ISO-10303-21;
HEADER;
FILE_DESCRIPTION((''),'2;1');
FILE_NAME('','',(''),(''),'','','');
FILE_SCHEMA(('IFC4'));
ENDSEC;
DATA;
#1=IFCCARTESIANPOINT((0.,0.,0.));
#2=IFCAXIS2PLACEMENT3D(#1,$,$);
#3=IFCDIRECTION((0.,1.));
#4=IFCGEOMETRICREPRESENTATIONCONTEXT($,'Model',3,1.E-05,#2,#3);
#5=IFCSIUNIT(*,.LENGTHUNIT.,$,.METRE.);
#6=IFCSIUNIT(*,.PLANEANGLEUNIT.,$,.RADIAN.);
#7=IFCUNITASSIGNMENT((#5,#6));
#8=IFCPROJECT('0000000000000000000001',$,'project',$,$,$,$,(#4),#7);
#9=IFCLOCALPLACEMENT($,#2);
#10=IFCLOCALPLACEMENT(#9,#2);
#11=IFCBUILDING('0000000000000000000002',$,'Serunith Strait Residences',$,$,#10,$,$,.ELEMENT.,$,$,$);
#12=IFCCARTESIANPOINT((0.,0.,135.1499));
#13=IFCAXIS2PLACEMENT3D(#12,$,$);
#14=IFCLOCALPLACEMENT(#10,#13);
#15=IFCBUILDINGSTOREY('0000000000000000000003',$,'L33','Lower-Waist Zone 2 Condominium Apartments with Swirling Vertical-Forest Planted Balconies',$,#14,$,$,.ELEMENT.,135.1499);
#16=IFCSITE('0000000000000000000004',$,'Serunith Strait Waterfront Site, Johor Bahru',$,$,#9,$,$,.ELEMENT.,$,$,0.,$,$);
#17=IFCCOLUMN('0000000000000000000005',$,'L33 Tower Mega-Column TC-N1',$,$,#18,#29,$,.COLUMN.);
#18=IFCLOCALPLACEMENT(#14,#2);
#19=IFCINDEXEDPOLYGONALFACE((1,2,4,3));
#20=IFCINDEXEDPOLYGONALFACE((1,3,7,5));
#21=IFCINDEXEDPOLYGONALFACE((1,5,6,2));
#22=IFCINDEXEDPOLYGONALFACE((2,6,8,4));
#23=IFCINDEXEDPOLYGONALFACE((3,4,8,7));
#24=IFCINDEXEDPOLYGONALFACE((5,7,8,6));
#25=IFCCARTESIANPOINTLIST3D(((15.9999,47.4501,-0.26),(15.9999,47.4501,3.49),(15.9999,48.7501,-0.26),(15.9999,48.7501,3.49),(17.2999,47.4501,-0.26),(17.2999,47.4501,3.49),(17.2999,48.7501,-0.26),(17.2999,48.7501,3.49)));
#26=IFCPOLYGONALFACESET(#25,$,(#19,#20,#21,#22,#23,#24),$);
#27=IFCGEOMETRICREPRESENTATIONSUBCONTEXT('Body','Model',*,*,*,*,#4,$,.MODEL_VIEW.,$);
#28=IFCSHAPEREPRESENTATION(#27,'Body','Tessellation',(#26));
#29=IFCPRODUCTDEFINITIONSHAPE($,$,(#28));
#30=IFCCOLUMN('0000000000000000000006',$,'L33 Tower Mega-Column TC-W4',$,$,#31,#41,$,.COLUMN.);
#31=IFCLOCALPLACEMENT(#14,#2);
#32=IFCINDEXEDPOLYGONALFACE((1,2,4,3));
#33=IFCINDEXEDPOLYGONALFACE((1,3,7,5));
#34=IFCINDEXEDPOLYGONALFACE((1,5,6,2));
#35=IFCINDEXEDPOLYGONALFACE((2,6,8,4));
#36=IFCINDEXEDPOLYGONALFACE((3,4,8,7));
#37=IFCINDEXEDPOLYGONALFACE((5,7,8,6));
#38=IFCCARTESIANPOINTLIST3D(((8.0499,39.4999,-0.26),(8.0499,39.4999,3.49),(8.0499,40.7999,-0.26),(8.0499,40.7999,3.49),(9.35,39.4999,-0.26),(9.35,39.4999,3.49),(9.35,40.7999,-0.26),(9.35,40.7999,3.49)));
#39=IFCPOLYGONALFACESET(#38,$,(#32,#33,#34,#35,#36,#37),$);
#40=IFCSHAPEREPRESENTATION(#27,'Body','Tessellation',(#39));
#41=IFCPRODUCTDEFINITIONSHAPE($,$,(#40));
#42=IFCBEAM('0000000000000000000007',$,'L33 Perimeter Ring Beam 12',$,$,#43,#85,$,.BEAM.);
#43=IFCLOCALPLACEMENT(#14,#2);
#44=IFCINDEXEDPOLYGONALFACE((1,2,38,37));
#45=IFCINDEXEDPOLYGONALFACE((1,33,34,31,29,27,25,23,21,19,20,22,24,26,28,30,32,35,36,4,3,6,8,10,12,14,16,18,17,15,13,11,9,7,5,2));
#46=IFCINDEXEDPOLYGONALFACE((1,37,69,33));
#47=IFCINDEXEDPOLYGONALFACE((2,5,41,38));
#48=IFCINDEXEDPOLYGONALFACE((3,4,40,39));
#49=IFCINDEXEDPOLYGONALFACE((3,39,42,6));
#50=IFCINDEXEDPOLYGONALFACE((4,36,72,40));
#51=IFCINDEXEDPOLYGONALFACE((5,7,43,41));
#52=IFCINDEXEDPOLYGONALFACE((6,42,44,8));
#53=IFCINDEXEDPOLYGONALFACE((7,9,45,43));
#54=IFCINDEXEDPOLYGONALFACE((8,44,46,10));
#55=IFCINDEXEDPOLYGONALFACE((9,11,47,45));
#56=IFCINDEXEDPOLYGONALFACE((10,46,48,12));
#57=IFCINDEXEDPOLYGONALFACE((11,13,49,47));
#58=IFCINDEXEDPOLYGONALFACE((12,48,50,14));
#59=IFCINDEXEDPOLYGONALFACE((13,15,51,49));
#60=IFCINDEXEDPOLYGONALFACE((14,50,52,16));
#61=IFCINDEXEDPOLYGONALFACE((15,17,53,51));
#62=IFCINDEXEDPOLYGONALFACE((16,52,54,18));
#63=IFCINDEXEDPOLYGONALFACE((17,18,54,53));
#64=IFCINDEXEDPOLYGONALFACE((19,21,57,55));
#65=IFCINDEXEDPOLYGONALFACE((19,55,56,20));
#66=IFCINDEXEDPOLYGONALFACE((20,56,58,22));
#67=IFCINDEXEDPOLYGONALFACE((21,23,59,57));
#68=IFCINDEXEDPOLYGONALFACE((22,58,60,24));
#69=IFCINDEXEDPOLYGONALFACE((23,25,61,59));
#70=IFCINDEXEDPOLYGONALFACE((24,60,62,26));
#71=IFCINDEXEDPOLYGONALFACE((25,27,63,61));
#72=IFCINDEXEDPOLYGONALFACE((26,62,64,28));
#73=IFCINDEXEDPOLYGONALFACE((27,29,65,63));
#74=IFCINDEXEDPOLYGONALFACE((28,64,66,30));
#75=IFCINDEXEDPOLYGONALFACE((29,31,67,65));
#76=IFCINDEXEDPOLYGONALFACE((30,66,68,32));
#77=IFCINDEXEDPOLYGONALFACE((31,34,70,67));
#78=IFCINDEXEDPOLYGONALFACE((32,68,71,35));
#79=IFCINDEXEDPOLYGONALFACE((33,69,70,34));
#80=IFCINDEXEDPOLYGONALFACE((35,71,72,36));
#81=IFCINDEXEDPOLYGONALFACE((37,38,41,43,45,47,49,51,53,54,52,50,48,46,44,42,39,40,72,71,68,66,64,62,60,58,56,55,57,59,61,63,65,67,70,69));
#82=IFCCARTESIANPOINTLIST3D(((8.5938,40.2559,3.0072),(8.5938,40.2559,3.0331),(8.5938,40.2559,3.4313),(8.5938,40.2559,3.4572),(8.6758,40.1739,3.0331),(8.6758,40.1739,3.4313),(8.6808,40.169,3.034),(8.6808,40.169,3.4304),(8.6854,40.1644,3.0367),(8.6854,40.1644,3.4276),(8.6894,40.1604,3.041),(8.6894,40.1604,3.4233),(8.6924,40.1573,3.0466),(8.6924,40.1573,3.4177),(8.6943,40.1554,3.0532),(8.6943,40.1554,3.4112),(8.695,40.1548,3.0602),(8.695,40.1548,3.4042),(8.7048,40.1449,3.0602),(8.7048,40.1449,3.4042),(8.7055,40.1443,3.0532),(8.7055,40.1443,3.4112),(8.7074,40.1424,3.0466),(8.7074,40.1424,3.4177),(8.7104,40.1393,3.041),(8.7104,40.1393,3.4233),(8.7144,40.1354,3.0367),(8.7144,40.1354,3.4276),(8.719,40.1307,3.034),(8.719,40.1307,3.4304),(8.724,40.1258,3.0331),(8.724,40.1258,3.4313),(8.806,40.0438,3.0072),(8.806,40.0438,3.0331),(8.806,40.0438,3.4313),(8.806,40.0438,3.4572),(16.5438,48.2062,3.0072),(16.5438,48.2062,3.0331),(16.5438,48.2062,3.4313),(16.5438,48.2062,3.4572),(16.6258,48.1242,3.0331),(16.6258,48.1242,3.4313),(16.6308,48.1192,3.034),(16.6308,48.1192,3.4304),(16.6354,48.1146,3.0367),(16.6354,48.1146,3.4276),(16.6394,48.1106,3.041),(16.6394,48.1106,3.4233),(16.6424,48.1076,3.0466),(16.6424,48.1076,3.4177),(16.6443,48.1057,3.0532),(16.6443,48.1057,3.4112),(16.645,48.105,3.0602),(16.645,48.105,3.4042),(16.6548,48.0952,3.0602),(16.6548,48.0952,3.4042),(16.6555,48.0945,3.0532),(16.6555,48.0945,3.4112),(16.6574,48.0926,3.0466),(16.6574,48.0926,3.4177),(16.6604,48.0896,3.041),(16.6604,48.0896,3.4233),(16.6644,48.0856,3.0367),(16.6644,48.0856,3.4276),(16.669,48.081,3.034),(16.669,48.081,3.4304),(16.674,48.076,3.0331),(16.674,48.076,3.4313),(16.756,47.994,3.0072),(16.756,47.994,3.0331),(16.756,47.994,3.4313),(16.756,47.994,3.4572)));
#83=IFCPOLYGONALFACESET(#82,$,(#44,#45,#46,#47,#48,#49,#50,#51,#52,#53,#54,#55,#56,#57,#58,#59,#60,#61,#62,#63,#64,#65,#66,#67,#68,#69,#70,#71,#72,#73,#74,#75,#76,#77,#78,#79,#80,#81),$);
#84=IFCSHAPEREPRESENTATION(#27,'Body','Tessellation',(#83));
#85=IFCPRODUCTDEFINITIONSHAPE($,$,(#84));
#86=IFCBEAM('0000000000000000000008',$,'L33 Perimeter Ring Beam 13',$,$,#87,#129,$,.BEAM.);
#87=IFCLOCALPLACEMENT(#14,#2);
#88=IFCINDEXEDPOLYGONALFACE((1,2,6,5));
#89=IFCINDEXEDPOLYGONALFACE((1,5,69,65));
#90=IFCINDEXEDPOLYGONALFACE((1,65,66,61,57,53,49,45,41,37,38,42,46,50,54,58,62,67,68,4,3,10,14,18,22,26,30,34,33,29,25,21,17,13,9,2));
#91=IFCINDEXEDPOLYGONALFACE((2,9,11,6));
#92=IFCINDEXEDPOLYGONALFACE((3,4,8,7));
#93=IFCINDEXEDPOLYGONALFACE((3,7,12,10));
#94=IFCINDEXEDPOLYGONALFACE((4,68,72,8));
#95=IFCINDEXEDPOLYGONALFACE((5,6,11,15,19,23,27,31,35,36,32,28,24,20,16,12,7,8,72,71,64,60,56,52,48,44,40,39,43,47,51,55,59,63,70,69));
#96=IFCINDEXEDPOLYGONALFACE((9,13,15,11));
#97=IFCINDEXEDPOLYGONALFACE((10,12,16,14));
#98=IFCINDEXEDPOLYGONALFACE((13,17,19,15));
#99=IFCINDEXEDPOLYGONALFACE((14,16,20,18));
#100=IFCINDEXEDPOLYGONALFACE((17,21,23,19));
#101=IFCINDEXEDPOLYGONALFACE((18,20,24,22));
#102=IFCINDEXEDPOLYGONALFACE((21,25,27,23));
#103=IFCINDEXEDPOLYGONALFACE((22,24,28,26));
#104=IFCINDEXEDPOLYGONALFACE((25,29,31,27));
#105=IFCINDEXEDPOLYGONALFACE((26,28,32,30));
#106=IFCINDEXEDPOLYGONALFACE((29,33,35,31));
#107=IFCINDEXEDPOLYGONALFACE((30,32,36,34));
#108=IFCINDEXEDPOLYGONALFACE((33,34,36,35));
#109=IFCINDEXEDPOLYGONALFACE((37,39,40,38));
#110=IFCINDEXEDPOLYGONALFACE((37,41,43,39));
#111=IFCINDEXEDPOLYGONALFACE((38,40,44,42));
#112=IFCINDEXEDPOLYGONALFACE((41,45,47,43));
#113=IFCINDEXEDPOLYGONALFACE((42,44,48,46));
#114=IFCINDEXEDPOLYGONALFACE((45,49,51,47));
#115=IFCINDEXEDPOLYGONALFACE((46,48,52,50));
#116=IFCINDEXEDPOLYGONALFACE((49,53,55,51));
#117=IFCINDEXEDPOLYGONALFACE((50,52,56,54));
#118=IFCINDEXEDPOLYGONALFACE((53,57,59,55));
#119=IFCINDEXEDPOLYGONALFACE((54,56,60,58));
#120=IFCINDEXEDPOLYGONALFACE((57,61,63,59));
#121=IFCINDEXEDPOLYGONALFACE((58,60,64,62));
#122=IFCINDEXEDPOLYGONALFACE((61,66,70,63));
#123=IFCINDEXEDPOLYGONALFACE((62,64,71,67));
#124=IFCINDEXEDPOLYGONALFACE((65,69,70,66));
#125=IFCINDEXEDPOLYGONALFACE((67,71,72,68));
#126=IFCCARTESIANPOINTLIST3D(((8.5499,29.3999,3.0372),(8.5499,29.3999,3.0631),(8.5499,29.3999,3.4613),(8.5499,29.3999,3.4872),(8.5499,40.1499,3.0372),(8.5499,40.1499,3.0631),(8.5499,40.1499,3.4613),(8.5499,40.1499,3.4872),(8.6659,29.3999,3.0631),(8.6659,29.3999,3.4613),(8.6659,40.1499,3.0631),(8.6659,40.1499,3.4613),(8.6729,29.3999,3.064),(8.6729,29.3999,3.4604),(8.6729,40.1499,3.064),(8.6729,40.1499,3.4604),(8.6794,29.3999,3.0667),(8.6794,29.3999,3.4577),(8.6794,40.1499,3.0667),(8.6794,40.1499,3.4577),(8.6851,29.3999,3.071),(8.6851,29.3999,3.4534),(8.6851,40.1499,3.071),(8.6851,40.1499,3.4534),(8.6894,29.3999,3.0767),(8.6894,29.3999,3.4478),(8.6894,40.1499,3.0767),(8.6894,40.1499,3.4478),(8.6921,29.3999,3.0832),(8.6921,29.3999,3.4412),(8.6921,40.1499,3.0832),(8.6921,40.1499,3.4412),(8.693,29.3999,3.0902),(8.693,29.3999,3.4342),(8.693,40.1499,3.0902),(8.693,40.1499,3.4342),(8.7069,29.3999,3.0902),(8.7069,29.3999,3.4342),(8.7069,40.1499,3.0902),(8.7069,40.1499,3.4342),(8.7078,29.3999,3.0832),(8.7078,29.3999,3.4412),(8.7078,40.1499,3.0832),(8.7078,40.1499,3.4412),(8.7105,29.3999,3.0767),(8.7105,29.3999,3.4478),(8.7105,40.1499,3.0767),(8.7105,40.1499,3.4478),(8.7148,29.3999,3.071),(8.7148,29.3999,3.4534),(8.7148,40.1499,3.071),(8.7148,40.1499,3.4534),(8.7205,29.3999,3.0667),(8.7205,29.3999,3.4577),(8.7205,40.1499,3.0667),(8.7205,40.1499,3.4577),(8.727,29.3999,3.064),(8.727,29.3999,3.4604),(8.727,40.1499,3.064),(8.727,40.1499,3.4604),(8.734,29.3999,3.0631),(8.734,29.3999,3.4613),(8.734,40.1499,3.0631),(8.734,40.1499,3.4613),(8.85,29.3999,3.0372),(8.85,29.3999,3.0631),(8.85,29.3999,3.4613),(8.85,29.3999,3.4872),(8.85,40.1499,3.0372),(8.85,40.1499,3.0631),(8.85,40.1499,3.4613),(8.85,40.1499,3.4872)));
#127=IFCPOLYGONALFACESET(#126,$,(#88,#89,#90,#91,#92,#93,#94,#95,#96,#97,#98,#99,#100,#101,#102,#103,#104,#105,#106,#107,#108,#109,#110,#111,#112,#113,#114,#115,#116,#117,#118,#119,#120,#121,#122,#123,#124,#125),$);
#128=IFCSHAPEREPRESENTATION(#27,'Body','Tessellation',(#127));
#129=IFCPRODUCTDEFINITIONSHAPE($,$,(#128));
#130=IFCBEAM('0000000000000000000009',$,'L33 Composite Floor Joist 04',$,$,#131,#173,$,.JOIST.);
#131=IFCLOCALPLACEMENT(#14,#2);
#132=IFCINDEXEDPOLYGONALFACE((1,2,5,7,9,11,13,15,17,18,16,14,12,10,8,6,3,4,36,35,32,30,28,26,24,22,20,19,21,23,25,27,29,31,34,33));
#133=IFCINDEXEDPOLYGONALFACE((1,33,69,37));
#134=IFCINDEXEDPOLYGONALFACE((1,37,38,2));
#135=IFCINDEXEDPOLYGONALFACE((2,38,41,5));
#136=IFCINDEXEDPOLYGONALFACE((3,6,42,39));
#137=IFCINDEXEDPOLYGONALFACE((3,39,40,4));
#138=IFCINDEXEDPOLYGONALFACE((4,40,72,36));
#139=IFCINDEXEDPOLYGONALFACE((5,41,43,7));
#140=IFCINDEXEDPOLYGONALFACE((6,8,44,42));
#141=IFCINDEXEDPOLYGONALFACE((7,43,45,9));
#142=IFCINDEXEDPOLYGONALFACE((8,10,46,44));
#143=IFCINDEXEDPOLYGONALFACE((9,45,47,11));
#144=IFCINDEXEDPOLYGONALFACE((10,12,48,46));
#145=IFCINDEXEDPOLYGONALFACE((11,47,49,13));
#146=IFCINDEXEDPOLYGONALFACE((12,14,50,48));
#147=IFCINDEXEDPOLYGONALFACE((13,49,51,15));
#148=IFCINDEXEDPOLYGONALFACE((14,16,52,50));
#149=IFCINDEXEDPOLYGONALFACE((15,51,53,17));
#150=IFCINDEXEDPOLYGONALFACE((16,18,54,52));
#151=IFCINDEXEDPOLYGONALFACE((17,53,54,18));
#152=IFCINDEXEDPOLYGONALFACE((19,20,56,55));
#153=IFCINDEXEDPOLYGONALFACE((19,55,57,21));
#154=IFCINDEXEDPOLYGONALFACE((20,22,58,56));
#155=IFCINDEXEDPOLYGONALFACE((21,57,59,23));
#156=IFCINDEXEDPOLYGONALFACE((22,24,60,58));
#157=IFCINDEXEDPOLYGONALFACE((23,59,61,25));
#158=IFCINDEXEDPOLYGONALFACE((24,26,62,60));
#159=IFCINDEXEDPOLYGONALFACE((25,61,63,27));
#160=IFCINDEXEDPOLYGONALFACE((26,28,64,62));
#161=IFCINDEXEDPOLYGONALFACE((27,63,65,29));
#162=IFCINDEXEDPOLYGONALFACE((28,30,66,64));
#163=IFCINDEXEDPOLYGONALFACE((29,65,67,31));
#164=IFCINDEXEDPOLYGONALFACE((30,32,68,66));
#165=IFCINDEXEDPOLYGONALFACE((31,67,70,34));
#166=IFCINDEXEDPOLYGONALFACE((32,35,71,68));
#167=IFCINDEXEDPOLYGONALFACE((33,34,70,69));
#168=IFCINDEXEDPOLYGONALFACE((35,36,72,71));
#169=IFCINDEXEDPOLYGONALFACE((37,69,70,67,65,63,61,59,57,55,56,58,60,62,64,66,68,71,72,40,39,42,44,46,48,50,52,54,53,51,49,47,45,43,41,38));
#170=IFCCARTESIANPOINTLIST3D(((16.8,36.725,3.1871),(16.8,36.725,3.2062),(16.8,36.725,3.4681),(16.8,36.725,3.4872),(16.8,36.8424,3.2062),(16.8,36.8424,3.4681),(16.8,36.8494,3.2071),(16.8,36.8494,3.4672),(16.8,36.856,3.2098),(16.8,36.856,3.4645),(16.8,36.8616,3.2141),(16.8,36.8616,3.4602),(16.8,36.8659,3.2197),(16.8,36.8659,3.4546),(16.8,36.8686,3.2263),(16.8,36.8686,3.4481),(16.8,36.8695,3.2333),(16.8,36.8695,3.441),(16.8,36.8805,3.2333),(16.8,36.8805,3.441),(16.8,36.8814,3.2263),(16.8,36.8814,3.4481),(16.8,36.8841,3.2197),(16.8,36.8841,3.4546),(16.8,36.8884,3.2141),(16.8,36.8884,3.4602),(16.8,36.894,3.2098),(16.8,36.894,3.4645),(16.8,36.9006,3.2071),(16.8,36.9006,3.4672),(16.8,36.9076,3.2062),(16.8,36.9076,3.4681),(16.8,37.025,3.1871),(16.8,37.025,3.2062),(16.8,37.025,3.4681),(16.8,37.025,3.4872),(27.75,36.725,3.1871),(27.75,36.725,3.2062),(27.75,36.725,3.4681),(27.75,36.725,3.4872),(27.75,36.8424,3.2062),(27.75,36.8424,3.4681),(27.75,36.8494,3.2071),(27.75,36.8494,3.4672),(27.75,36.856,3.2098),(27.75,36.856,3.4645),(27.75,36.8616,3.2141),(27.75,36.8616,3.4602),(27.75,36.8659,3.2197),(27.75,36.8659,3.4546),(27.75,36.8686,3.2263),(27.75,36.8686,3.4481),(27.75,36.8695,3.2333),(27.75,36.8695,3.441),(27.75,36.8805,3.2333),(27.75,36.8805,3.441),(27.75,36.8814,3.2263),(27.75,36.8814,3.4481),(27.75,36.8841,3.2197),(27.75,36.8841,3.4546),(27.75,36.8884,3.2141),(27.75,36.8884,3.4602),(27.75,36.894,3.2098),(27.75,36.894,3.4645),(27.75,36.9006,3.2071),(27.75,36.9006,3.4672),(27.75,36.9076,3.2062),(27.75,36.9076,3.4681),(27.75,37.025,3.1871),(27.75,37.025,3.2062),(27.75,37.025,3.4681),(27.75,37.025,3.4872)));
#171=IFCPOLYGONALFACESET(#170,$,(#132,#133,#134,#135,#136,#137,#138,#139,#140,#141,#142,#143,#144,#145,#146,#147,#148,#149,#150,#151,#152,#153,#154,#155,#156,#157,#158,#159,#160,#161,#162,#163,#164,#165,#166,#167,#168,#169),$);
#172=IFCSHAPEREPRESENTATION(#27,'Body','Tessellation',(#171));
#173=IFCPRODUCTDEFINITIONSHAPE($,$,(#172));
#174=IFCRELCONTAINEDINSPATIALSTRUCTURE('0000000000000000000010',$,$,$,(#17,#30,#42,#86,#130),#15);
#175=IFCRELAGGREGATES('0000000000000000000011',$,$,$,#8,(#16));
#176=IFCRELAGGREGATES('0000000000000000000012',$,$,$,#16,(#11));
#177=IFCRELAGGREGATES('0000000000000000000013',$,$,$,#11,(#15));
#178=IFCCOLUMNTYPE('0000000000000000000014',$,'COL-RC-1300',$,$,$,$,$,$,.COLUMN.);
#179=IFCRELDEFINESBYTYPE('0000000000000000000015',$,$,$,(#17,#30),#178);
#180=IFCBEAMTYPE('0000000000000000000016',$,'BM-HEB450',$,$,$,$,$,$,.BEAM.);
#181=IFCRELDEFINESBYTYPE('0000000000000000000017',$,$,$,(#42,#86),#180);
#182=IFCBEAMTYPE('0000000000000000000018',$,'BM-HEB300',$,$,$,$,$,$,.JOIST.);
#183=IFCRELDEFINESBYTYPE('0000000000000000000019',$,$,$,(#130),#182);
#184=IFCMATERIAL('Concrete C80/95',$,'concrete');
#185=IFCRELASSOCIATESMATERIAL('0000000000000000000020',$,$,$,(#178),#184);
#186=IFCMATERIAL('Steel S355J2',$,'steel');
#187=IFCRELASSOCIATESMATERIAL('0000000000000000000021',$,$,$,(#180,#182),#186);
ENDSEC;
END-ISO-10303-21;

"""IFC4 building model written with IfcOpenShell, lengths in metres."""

from ifc_helpers import new_model, si_unit, direction, frame, origin, origin_2d, place, context, subcontext, project, spatial, rectangle, i_section, extrude, source, transform, mapped, material, material_profile, profile_set, type_object, element, save


model = new_model("IFC4")

# Units and contexts
model_context = context("Model", 3, precision=1e-05, world=origin(), true_north=direction((0.0, 1.0)))
body_context = subcontext(model_context, "Body", "Model", "MODEL_VIEW")
ifc_project = project(units=[si_unit("LENGTHUNIT", "METRE"), si_unit("PLANEANGLEUNIT", "RADIAN")], contexts=[model_context])

# Site, building, storey
site_placement = place(None, origin())
site = spatial("IfcSite", under=ifc_project, at=site_placement, Name="Serunith Strait Waterfront Site, Johor Bahru", CompositionType="ELEMENT", RefElevation=0.0)
building_placement = place(site_placement, origin())
building = spatial("IfcBuilding", under=site, at=building_placement, Name="Serunith Strait Residences", CompositionType="ELEMENT")
storey_placement = place(building_placement, frame((0.0, 0.0, 135.1499)))
storey = spatial("IfcBuildingStorey", under=building, at=storey_placement, Name="L33", Description="Lower-Waist Zone 2 Condominium Apartments with Swirling Vertical-Forest Planted Balconies", CompositionType="ELEMENT", Elevation=135.1499)

# Columns
ifc_material_1 = material(Name="Concrete C80/95", Category="concrete")
ifc_material_profile_1 = material_profile(ifc_material_1, rectangle(XDim=1.3, YDim=1.3, at=origin_2d()), Name="RC 1300x1300")
ifc_profile_set_1 = profile_set([ifc_material_profile_1], Name="Concrete C80/95")
column_type = type_object("IfcColumnType", Name="COL-RC-1300", PredefinedType="COLUMN", material=ifc_profile_set_1)
shared_shape_1 = source(origin(), body_context, "Body", "SweptSolid", [
    extrude(rectangle(XDim=1.3, YDim=1.3, at=origin_2d()), origin(), (0.0, 0.0, 1.0), 3.75),
])
for number, where, z_axis, x_axis, name in (
    (1, (16.6499, 48.1001, -0.26), (0.0, 0.0, 1.0), (1.0, 0.0, 0.0), "L33 Tower Mega-Column TC-N1"),
    (2, (8.7, 40.1499, -0.26), (0.0, 0.0, 1.0), (1.0, 0.0, 0.0), "L33 Tower Mega-Column TC-W4"),
):
    element("IfcColumn", number, at=place(storey_placement, frame(where, z_axis=z_axis, x_axis=x_axis)), inside=storey, type_object=column_type, Name=name, PredefinedType="COLUMN", context=body_context, shape_type="MappedRepresentation", body=[
        mapped(shared_shape_1, transform((0.0, 0.0, 0.0), scale=1.0)),
    ])

# Beams
ifc_material_2 = material(Name="Steel S355J2", Category="steel")
ifc_material_profile_2 = material_profile(ifc_material_2, i_section(OverallWidth=0.3, OverallDepth=0.45, WebThickness=0.0139, FlangeThickness=0.0259, FilletRadius=0.0271, at=origin_2d()), Name="HEB 450")
ifc_profile_set_2 = profile_set([ifc_material_profile_2], Name="Steel S355J2")
beam_type_1 = type_object("IfcBeamType", Name="BM-HEB450", PredefinedType="BEAM", material=ifc_profile_set_2)
shared_shape_2 = source(origin(), body_context, "Body", "SweptSolid", [
    extrude(i_section(OverallWidth=0.3, OverallDepth=0.45, WebThickness=0.0139, FlangeThickness=0.0259, FilletRadius=0.0271, at=origin_2d()), origin(), (0.0, 0.0, 1.0), 11.2432),
])
beam_1_placement = place(storey_placement, frame((16.6499, 48.1001, 3.2322), z_axis=(-0.707096, -0.707118, 0.0), x_axis=(0.707118, -0.707096, 0.0)))
element("IfcBeam", 3, at=beam_1_placement, inside=storey, type_object=beam_type_1, Name="L33 Perimeter Ring Beam 12", PredefinedType="BEAM", context=body_context, shape_type="MappedRepresentation", body=[
    mapped(shared_shape_2, transform((0.0, 0.0, 0.0), scale=1.0)),
])
shared_shape_3 = source(origin(), body_context, "Body", "SweptSolid", [
    extrude(i_section(OverallWidth=0.3, OverallDepth=0.45, WebThickness=0.0139, FlangeThickness=0.0259, FilletRadius=0.0271, at=origin_2d()), origin(), (0.0, 0.0, 1.0), 10.75),
])
beam_2_placement = place(storey_placement, frame((8.7, 40.1499, 3.2622), z_axis=(0.0, -1.0, 0.0), x_axis=(1.0, 0.0, 0.0)))
element("IfcBeam", 4, at=beam_2_placement, inside=storey, type_object=beam_type_1, Name="L33 Perimeter Ring Beam 13", PredefinedType="BEAM", context=body_context, shape_type="MappedRepresentation", body=[
    mapped(shared_shape_3, transform((0.0, 0.0, 0.0), scale=1.0)),
])
ifc_material_profile_3 = material_profile(ifc_material_2, i_section(OverallWidth=0.3, OverallDepth=0.3, WebThickness=0.011, FlangeThickness=0.019, FilletRadius=0.0271, at=origin_2d()), Name="HEB 300")
ifc_profile_set_3 = profile_set([ifc_material_profile_3], Name="Steel S355J2")
beam_type_2 = type_object("IfcBeamType", Name="BM-HEB300", PredefinedType="JOIST", material=ifc_profile_set_3)
shared_shape_4 = source(origin(), body_context, "Body", "SweptSolid", [
    extrude(i_section(OverallWidth=0.3, OverallDepth=0.3, WebThickness=0.011, FlangeThickness=0.019, FilletRadius=0.0271, at=origin_2d()), origin(), (0.0, 0.0, 1.0), 10.95),
])
beam_3_placement = place(storey_placement, frame((16.8, 36.875, 3.3372), z_axis=(1.0, 0.0, 0.0), x_axis=(0.0, 1.0, 0.0)))
element("IfcBeam", 5, at=beam_3_placement, inside=storey, type_object=beam_type_2, Name="L33 Composite Floor Joist 04", PredefinedType="JOIST", context=body_context, shape_type="MappedRepresentation", body=[
    mapped(shared_shape_4, transform((0.0, 0.0, 0.0), scale=1.0)),
])

save(model, "model.ifc")
